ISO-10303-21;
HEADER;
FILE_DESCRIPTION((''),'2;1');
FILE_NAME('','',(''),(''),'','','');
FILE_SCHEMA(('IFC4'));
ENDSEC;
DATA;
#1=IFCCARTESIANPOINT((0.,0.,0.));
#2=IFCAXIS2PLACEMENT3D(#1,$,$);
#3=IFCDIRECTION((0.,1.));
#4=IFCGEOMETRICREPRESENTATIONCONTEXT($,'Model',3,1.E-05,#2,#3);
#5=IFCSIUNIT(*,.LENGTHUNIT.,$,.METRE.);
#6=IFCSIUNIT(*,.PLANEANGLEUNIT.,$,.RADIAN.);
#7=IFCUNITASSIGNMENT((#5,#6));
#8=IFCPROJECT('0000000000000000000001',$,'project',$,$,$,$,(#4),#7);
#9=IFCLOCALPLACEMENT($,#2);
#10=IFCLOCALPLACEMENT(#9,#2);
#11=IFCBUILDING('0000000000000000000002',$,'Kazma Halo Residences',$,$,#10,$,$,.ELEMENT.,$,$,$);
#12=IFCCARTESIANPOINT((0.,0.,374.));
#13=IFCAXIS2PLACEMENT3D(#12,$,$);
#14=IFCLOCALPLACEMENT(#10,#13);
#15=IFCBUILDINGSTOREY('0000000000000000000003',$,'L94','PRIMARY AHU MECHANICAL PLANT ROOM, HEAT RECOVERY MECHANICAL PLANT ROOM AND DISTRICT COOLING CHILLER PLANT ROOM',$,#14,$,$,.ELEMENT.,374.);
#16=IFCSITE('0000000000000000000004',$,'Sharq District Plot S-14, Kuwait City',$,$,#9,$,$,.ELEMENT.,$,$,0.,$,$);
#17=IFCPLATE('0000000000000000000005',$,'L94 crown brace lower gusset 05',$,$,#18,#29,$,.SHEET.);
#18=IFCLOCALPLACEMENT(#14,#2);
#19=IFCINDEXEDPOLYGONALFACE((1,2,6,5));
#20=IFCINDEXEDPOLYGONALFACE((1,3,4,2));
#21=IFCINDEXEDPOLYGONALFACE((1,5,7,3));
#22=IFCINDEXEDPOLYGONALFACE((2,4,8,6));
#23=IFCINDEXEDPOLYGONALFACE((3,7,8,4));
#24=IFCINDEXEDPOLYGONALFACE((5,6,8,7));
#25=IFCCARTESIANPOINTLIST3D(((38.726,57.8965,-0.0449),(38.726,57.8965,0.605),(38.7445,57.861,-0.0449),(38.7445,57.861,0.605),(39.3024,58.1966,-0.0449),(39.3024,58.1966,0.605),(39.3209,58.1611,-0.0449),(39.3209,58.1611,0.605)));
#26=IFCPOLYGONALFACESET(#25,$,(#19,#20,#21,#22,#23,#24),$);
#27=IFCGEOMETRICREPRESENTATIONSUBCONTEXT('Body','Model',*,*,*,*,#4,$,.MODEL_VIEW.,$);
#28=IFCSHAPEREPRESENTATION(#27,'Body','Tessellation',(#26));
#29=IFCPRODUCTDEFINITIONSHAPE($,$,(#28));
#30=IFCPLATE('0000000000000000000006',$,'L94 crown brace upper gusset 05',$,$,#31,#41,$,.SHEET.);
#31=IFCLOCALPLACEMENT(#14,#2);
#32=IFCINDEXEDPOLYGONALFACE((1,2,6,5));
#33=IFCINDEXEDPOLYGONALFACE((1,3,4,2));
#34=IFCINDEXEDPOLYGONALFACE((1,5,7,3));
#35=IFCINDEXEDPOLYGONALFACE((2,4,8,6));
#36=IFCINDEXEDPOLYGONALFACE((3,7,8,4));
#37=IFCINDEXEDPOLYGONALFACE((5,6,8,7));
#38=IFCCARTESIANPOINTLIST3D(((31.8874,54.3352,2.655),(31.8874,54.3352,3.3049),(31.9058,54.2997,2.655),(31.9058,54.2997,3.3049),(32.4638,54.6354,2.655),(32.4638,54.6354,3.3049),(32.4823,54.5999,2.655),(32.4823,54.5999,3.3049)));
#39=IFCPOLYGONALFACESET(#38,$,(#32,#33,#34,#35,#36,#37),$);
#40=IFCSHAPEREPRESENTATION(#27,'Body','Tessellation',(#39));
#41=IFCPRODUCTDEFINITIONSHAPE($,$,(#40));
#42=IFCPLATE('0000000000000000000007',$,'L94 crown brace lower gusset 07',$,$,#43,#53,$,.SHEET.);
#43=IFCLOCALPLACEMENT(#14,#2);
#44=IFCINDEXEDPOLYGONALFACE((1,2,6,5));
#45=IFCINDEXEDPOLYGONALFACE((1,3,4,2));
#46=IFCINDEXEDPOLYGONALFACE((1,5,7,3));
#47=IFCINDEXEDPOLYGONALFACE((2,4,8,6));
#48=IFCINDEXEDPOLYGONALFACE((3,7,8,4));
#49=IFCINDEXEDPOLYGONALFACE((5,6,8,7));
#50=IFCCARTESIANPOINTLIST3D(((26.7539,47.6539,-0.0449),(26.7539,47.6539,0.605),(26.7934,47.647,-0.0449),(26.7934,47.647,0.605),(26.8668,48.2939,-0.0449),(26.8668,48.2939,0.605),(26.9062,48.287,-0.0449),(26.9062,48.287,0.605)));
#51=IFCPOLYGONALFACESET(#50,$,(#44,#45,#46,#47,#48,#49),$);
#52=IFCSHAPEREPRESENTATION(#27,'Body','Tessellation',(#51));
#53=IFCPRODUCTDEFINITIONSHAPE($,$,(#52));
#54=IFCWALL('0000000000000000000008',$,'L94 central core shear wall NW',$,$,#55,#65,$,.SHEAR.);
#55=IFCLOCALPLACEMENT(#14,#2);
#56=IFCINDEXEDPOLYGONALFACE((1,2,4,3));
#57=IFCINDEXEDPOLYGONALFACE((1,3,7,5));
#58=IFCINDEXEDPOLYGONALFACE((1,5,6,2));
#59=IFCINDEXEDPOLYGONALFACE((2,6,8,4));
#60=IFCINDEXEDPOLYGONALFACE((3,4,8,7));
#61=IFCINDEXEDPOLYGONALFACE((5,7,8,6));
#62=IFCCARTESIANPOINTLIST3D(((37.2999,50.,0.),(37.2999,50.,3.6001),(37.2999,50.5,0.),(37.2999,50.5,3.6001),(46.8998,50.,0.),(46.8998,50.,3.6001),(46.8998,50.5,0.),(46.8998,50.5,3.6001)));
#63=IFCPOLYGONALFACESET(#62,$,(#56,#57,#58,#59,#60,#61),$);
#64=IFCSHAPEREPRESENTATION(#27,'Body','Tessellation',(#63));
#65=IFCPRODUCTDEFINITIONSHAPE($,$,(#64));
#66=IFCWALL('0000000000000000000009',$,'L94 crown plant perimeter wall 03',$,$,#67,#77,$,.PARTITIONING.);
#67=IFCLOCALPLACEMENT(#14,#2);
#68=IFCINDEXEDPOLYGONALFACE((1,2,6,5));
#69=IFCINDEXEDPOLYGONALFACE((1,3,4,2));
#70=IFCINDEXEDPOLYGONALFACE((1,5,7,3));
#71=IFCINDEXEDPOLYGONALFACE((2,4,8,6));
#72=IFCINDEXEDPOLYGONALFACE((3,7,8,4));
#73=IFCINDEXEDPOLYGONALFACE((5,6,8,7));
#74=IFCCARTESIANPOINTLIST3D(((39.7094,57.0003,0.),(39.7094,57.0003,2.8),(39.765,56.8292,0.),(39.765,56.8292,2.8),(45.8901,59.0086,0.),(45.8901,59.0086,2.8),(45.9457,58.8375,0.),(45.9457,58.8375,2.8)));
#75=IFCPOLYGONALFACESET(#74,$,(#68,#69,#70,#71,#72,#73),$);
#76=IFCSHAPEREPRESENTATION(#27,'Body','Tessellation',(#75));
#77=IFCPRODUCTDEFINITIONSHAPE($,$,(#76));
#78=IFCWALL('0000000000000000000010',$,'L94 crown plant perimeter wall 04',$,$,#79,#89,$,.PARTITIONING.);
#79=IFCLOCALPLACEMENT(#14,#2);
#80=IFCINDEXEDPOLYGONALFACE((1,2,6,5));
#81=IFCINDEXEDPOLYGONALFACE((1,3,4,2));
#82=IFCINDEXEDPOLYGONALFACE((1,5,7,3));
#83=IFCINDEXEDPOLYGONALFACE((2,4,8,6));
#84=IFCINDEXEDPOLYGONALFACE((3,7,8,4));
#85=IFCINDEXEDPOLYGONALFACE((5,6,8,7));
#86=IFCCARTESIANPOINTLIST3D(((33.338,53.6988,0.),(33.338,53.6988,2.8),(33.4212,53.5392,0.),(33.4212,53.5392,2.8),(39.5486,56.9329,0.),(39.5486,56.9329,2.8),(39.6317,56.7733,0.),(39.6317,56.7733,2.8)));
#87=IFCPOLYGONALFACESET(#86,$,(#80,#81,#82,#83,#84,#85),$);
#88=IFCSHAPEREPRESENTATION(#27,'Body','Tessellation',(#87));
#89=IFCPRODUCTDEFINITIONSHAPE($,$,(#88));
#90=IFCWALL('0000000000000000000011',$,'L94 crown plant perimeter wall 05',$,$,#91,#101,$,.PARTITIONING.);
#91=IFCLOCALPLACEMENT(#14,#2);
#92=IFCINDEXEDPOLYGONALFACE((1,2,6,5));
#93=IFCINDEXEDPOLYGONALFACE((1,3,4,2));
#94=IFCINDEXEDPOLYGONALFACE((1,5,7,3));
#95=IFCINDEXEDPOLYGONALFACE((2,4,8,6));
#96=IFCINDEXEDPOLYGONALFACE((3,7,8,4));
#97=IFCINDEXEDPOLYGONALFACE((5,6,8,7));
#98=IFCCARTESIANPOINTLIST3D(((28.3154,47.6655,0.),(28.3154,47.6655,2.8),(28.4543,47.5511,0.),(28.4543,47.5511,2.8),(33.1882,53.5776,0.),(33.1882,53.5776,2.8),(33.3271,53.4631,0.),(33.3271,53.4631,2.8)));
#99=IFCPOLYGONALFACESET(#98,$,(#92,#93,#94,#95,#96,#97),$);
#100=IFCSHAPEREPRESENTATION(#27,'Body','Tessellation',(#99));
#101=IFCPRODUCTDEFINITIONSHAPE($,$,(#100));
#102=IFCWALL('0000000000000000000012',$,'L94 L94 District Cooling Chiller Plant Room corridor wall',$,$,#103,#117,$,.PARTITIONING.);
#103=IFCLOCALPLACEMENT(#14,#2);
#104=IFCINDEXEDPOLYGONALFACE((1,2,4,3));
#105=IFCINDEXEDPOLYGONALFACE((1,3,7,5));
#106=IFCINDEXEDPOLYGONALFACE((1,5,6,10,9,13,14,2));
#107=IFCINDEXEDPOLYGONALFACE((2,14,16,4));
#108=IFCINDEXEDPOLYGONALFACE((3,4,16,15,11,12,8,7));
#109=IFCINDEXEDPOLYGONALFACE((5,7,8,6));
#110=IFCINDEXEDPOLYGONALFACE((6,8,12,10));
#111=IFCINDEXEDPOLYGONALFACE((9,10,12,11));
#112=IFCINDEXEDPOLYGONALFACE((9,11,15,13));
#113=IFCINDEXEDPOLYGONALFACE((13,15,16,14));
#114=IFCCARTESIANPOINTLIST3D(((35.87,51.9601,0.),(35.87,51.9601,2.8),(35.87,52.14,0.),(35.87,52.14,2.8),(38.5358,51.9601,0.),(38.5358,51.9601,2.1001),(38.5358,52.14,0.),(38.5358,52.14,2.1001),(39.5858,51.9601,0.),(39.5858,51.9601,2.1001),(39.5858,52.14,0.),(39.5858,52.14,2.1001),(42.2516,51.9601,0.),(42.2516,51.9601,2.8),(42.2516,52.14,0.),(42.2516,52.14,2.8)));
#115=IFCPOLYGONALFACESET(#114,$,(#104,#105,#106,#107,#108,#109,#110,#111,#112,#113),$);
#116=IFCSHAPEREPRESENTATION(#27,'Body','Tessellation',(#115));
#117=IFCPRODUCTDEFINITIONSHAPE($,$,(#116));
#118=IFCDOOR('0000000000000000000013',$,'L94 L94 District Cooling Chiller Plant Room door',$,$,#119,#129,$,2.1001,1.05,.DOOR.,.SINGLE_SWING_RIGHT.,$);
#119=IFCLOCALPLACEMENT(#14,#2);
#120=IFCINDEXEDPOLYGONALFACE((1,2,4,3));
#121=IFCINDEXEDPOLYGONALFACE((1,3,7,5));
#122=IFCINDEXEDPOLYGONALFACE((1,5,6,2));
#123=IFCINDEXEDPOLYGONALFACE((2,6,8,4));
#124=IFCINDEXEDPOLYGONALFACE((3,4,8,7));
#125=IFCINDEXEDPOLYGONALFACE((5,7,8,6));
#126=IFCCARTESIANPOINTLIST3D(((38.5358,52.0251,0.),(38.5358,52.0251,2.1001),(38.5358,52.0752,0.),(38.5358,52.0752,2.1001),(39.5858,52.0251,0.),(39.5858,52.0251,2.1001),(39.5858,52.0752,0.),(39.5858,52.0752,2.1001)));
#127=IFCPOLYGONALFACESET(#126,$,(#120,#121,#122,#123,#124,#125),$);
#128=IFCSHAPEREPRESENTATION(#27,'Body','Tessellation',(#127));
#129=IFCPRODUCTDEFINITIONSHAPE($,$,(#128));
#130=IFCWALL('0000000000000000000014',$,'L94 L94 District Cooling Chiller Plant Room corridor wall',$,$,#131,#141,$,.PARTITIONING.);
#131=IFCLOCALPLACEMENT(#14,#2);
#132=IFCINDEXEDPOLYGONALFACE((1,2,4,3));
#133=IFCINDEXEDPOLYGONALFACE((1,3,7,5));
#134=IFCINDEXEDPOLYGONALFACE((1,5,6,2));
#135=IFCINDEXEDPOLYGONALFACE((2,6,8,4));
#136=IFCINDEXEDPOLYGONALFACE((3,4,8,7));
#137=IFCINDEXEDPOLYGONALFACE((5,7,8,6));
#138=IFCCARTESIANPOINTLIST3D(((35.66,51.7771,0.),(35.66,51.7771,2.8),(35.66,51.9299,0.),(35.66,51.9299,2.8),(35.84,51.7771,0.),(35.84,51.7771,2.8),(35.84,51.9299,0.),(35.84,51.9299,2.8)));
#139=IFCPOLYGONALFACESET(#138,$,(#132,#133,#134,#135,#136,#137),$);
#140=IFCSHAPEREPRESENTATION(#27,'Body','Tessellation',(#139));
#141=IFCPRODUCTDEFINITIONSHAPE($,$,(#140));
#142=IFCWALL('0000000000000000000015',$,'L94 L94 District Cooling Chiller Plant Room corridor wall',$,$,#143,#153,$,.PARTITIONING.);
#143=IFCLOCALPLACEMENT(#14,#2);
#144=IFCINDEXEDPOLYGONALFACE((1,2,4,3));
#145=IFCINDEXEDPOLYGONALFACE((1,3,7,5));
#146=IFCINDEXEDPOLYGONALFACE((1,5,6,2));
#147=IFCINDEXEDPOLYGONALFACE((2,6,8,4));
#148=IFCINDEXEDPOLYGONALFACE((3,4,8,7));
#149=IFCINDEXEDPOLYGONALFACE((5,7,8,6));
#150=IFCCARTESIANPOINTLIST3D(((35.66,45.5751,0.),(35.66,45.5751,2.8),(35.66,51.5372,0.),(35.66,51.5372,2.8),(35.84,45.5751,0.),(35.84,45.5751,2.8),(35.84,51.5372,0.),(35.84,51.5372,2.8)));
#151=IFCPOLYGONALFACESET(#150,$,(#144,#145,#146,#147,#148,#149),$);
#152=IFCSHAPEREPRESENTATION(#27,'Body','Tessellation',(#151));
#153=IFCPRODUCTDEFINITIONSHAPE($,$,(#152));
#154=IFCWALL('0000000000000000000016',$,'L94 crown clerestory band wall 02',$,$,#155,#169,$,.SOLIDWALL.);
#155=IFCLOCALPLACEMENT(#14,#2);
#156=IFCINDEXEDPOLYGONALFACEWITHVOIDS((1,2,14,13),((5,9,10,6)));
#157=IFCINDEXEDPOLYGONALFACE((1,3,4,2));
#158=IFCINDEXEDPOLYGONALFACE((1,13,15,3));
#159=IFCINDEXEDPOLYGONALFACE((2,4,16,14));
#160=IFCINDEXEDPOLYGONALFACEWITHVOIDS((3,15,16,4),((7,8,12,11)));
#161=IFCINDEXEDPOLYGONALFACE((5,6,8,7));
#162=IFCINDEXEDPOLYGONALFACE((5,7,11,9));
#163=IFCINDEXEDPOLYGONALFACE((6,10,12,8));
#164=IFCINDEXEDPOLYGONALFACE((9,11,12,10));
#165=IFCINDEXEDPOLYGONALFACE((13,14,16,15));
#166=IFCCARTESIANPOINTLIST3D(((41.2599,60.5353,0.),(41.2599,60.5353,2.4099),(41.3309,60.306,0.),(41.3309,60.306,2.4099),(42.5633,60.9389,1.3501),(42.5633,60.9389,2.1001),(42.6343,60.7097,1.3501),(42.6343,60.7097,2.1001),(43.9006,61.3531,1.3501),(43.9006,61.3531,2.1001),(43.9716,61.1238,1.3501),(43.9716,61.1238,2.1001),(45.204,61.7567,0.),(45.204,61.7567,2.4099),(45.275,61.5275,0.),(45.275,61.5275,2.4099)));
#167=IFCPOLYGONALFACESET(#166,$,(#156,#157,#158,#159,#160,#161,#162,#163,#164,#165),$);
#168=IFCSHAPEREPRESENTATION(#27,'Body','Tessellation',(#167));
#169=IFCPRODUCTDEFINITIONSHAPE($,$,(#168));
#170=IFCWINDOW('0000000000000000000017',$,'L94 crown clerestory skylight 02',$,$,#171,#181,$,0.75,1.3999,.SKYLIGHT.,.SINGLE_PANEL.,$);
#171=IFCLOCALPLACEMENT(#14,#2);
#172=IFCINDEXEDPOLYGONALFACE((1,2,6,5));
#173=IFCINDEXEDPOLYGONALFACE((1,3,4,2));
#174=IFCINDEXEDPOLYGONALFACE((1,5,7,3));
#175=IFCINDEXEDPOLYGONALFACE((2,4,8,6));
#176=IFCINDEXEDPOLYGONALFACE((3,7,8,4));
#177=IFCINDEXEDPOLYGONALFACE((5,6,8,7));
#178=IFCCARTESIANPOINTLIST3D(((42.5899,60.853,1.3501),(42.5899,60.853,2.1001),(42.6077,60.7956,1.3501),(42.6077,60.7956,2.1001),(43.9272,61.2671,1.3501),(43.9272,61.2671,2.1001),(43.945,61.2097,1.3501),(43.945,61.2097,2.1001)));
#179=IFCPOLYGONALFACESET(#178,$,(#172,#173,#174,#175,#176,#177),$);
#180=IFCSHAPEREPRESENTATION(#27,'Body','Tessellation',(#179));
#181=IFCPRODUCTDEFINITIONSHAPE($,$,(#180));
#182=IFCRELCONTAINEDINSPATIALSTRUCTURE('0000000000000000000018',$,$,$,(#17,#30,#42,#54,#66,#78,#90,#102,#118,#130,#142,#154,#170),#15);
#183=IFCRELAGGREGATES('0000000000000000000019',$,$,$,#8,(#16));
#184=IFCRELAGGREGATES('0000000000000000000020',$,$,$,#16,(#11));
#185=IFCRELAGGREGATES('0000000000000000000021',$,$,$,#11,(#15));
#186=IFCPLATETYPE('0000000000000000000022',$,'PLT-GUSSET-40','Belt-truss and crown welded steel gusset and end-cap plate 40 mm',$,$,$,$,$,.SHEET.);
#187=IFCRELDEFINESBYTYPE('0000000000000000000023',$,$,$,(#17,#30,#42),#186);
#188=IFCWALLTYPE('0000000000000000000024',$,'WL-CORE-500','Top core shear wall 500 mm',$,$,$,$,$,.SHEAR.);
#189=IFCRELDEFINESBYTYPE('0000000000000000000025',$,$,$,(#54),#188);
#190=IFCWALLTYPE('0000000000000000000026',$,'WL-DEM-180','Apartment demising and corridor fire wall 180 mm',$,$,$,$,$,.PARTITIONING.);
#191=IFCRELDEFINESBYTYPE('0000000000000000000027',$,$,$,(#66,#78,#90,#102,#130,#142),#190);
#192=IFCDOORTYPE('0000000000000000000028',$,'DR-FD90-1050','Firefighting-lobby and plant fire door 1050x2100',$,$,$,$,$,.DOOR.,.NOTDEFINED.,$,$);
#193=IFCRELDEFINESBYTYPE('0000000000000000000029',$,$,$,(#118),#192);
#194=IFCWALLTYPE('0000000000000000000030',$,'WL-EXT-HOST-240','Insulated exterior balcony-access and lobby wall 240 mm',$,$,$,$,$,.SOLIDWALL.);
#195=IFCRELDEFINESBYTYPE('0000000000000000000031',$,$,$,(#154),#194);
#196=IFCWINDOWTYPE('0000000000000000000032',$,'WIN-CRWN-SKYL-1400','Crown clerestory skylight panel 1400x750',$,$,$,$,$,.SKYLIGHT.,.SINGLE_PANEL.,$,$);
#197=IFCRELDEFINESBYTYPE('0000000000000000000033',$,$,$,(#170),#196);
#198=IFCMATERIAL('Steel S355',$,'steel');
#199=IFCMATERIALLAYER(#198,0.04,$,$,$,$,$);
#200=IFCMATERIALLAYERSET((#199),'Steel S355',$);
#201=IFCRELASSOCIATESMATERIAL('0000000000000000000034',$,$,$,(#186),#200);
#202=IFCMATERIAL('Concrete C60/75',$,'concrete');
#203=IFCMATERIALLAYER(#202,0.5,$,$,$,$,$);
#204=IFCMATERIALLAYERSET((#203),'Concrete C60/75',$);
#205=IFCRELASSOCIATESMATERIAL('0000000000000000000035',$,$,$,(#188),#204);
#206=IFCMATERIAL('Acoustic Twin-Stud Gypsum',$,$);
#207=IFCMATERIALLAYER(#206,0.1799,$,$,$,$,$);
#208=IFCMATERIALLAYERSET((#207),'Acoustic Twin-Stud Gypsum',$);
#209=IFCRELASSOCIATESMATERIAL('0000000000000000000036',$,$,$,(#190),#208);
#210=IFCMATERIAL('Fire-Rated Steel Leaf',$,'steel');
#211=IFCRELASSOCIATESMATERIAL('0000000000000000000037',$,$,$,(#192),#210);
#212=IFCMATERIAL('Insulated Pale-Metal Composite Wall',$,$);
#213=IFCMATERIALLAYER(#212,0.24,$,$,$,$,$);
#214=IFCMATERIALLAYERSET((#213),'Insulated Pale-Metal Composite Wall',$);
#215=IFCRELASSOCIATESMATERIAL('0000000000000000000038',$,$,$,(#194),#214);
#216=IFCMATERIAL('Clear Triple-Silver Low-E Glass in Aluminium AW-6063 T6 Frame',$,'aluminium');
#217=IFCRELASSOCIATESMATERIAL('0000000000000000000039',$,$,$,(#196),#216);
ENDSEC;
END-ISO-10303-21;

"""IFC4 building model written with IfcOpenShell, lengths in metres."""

from ifc_helpers import new_model, si_unit, direction, frame, frame_2d, origin, origin_2d, place, context, subcontext, project, spatial, rectangle, extrude, material, layer, layer_set, type_object, element, fill, save


model = new_model("IFC4")

# Units and contexts
model_context = context("Model", 3, precision=1e-05, world=origin(), true_north=direction((0.0, 1.0)))
body_context = subcontext(model_context, "Body", "Model", "MODEL_VIEW")
ifc_project = project(units=[si_unit("LENGTHUNIT", "METRE"), si_unit("PLANEANGLEUNIT", "RADIAN")], contexts=[model_context])

# Site, building, storey
site_placement = place(None, origin())
site = spatial("IfcSite", under=ifc_project, at=site_placement, Name="Sharq District Plot S-14, Kuwait City", CompositionType="ELEMENT", RefElevation=0.0)
building_placement = place(site_placement, origin())
building = spatial("IfcBuilding", under=site, at=building_placement, Name="Kazma Halo Residences", CompositionType="ELEMENT")
storey_placement = place(building_placement, frame((0.0, 0.0, 374.0)))
storey = spatial("IfcBuildingStorey", under=building, at=storey_placement, Name="L94", Description="PRIMARY AHU MECHANICAL PLANT ROOM, HEAT RECOVERY MECHANICAL PLANT ROOM AND DISTRICT COOLING CHILLER PLANT ROOM", CompositionType="ELEMENT", Elevation=374.0)

# Shared definitions
ifc_material_1 = material(Name="Steel S355", Category="steel")

# Plates
ifc_layer_1 = layer(ifc_material_1, 0.04)
ifc_layer_set_1 = layer_set([ifc_layer_1], Name="Steel S355")
plate_type_1 = type_object("IfcPlateType", Name="PLT-GUSSET-40", Description="Belt-truss and crown welded steel gusset and end-cap plate 40 mm", PredefinedType="SHEET", material=ifc_layer_set_1)
for number, where, z_axis, x_axis, name in (
    (1, (39.0234, 58.0288, -0.0449), (0.0, 0.0, 1.0), (-0.88695, -0.461866, 0.0), "L94 crown brace lower gusset 05"),
    (2, (32.1848, 54.4675, 2.655), (0.0, 0.0, 1.0), (-0.88695, -0.461866, 0.0), "L94 crown brace upper gusset 05"),
    (3, (26.8301, 47.9705, -0.0449), (0.0, 0.0, 1.0), (-0.173656, -0.984806, 0.0), "L94 crown brace lower gusset 07"),
):
    element("IfcPlate", number, at=place(storey_placement, frame(where, z_axis=z_axis, x_axis=x_axis)), inside=storey, type_object=plate_type_1, Name=name, PredefinedType="SHEET", context=body_context, shape_type="SweptSolid", body=[
        extrude(rectangle(XDim=0.6499, YDim=0.04, at=origin_2d()), origin(), (0.0, 0.0, 1.0), 0.6499),
    ])

# Walls
ifc_material_2 = material(Name="Concrete C60/75", Category="concrete")
ifc_layer_2 = layer(ifc_material_2, 0.5)
ifc_layer_set_2 = layer_set([ifc_layer_2], Name="Concrete C60/75")
wall_type_1 = type_object("IfcWallType", Name="WL-CORE-500", Description="Top core shear wall 500 mm", PredefinedType="SHEAR", material=ifc_layer_set_2)
wall_1_placement = place(storey_placement, frame((37.3, 50.25, 0.0), z_axis=(0.0, 0.0, 1.0), x_axis=(1.0, 0.0, 0.0)))
element("IfcWall", 4, at=wall_1_placement, inside=storey, type_object=wall_type_1, Name="L94 central core shear wall NW", PredefinedType="SHEAR", context=body_context, shape_type="SweptSolid", body=[
    extrude(rectangle(XDim=9.5999, YDim=0.5, at=frame_2d((4.7998, 0.0))), origin(), (0.0, 0.0, 1.0), 3.6001),
])
ifc_material_3 = material(Name="Acoustic Twin-Stud Gypsum")
ifc_layer_3 = layer(ifc_material_3, 0.1799)
ifc_layer_set_3 = layer_set([ifc_layer_3], Name="Acoustic Twin-Stud Gypsum")
wall_type_2 = type_object("IfcWallType", Name="WL-DEM-180", Description="Apartment demising and corridor fire wall 180 mm", PredefinedType="PARTITIONING", material=ifc_layer_set_3)
wall_2_placement = place(storey_placement, frame((45.918, 58.9231, 0.0), z_axis=(0.0, 0.0, 1.0), x_axis=(-0.951053, -0.309028, 0.0)))
element("IfcWall", 5, at=wall_2_placement, inside=storey, type_object=wall_type_2, Name="L94 crown plant perimeter wall 03", PredefinedType="PARTITIONING", context=body_context, shape_type="SweptSolid", body=[
    extrude(rectangle(XDim=6.4988, YDim=0.1799, at=frame_2d((3.2495, 0.0))), origin(), (0.0, 0.0, 1.0), 2.8),
])
wall_3_placement = place(storey_placement, frame((39.5901, 56.853, 0.0), z_axis=(0.0, 0.0, 1.0), x_axis=(-0.886949, -0.461866, 0.0)))
element("IfcWall", 6, at=wall_3_placement, inside=storey, type_object=wall_type_2, Name="L94 crown plant perimeter wall 04", PredefinedType="PARTITIONING", context=body_context, shape_type="SweptSolid", body=[
    extrude(rectangle(XDim=7.0022, YDim=0.1799, at=frame_2d((3.501, 0.0))), origin(), (0.0, 0.0, 1.0), 2.8),
])
wall_4_placement = place(storey_placement, frame((33.2576, 53.5203, 0.0), z_axis=(0.0, 0.0, 1.0), x_axis=(-0.636019, -0.771674, 0.0)))
element("IfcWall", 7, at=wall_4_placement, inside=storey, type_object=wall_type_2, Name="L94 crown plant perimeter wall 05", PredefinedType="PARTITIONING", context=body_context, shape_type="SweptSolid", body=[
    extrude(rectangle(XDim=7.6614, YDim=0.1799, at=frame_2d((3.8306, 0.0))), origin(), (0.0, 0.0, 1.0), 2.8),
])

# Wall, opening, door
wall_5_placement = place(storey_placement, frame((42.2517, 52.05, 0.0), z_axis=(0.0, 0.0, 1.0), x_axis=(-1.0, 0.0, 0.0)))
wall_5 = element("IfcWall", 8, at=wall_5_placement, inside=storey, type_object=wall_type_2, Name="L94 L94 District Cooling Chiller Plant Room corridor wall", PredefinedType="PARTITIONING", context=body_context, shape_type="SweptSolid", body=[
    extrude(rectangle(XDim=6.3816, YDim=0.1799, at=frame_2d((3.1909, 0.0))), origin(), (0.0, 0.0, 1.0), 2.8),
])
opening_1_placement = place(wall_5_placement, frame((2.666, 0.0, 0.0)))
opening_1 = element("IfcOpeningElement", 9, at=opening_1_placement, cuts=wall_5, PredefinedType="OPENING", context=body_context, shape_type="SweptSolid", body=[
    extrude(rectangle(XDim=1.05, YDim=2.1001, at=frame_2d((0.5249, 1.05))), frame((0.0, 0.0999, 0.0), z_axis=(0.0, -1.0, 0.0), x_axis=(1.0, 0.0, 0.0)), (0.0, 0.0, 1.0), 0.2),
])
ifc_material_4 = material(Name="Fire-Rated Steel Leaf", Category="steel")
door_type = type_object("IfcDoorType", Name="DR-FD90-1050", Description="Firefighting-lobby and plant fire door 1050x2100", OperationType="NOTDEFINED", PredefinedType="DOOR", material=ifc_material_4)
door_placement = place(opening_1_placement, origin())
door = element("IfcDoor", 10, at=door_placement, inside=storey, type_object=door_type, Name="L94 L94 District Cooling Chiller Plant Room door", OperationType="SINGLE_SWING_RIGHT", OverallHeight=2.1001, OverallWidth=1.05, PredefinedType="DOOR", context=body_context, shape_type="SweptSolid", body=[
    extrude(rectangle(XDim=1.05, YDim=2.1001, at=frame_2d((0.5249, 1.05))), frame((0.0, 0.0249, 0.0), z_axis=(0.0, -1.0, 0.0), x_axis=(1.0, 0.0, 0.0)), (0.0, 0.0, 1.0), 0.05),
])
fill(opening_1, door)

# Walls
wall_6_placement = place(storey_placement, frame((35.75, 51.9299, 0.0), z_axis=(0.0, 0.0, 1.0), x_axis=(0.0, -1.0, 0.0)))
element("IfcWall", 11, at=wall_6_placement, inside=storey, type_object=wall_type_2, Name="L94 L94 District Cooling Chiller Plant Room corridor wall", PredefinedType="PARTITIONING", context=body_context, shape_type="SweptSolid", body=[
    extrude(rectangle(XDim=0.1528, YDim=0.1799, at=frame_2d((0.0764, 0.0))), origin(), (0.0, 0.0, 1.0), 2.8),
])
wall_7_placement = place(storey_placement, frame((35.75, 51.5371, 0.0), z_axis=(0.0, 0.0, 1.0), x_axis=(0.0, -1.0, 0.0)))
element("IfcWall", 12, at=wall_7_placement, inside=storey, type_object=wall_type_2, Name="L94 L94 District Cooling Chiller Plant Room corridor wall", PredefinedType="PARTITIONING", context=body_context, shape_type="SweptSolid", body=[
    extrude(rectangle(XDim=5.9622, YDim=0.1799, at=frame_2d((2.981, 0.0))), origin(), (0.0, 0.0, 1.0), 2.8),
])

# Wall, opening, window
ifc_material_5 = material(Name="Insulated Pale-Metal Composite Wall")
ifc_layer_4 = layer(ifc_material_5, 0.24)
ifc_layer_set_4 = layer_set([ifc_layer_4], Name="Insulated Pale-Metal Composite Wall")
wall_type_3 = type_object("IfcWallType", Name="WL-EXT-HOST-240", Description="Insulated exterior balcony-access and lobby wall 240 mm", PredefinedType="SOLIDWALL", material=ifc_layer_set_4)
wall_8_placement = place(storey_placement, frame((45.2395, 61.6421, 0.0), z_axis=(0.0, 0.0, 1.0), x_axis=(-0.955242, -0.295826, 0.0)))
wall_8 = element("IfcWall", 13, at=wall_8_placement, inside=storey, type_object=wall_type_3, Name="L94 crown clerestory band wall 02", PredefinedType="SOLIDWALL", context=body_context, shape_type="SweptSolid", body=[
    extrude(rectangle(XDim=4.1289, YDim=0.24, at=frame_2d((2.0645, 0.0))), origin(), (0.0, 0.0, 1.0), 2.4099),
])
opening_2_placement = place(wall_8_placement, frame((1.3645, 0.0, 1.3501)))
opening_2 = element("IfcOpeningElement", 14, at=opening_2_placement, cuts=wall_8, PredefinedType="OPENING", context=body_context, shape_type="SweptSolid", body=[
    extrude(rectangle(XDim=1.3999, YDim=0.75, at=frame_2d((0.7, 0.375))), frame((0.0, 0.1299, 0.0), z_axis=(0.0, -1.0, 0.0), x_axis=(1.0, 0.0, 0.0)), (0.0, 0.0, 1.0), 0.26),
])
ifc_material_6 = material(Name="Clear Triple-Silver Low-E Glass in Aluminium AW-6063 T6 Frame", Category="aluminium")
window_type = type_object("IfcWindowType", Name="WIN-CRWN-SKYL-1400", Description="Crown clerestory skylight panel 1400x750", PartitioningType="SINGLE_PANEL", PredefinedType="SKYLIGHT", material=ifc_material_6)
window_1_placement = place(opening_2_placement, origin())
window_1 = element("IfcWindow", 15, at=window_1_placement, inside=storey, type_object=window_type, Name="L94 crown clerestory skylight 02", OverallHeight=0.75, OverallWidth=1.3999, PartitioningType="SINGLE_PANEL", PredefinedType="SKYLIGHT", context=body_context, shape_type="SweptSolid", body=[
    extrude(rectangle(XDim=1.3999, YDim=0.75, at=frame_2d((0.7, 0.375))), frame((0.0, 0.03, 0.0), z_axis=(0.0, -1.0, 0.0), x_axis=(1.0, 0.0, 0.0)), (0.0, 0.0, 1.0), 0.0601),
])
fill(opening_2, window_1)

save(model, "model.ifc")
